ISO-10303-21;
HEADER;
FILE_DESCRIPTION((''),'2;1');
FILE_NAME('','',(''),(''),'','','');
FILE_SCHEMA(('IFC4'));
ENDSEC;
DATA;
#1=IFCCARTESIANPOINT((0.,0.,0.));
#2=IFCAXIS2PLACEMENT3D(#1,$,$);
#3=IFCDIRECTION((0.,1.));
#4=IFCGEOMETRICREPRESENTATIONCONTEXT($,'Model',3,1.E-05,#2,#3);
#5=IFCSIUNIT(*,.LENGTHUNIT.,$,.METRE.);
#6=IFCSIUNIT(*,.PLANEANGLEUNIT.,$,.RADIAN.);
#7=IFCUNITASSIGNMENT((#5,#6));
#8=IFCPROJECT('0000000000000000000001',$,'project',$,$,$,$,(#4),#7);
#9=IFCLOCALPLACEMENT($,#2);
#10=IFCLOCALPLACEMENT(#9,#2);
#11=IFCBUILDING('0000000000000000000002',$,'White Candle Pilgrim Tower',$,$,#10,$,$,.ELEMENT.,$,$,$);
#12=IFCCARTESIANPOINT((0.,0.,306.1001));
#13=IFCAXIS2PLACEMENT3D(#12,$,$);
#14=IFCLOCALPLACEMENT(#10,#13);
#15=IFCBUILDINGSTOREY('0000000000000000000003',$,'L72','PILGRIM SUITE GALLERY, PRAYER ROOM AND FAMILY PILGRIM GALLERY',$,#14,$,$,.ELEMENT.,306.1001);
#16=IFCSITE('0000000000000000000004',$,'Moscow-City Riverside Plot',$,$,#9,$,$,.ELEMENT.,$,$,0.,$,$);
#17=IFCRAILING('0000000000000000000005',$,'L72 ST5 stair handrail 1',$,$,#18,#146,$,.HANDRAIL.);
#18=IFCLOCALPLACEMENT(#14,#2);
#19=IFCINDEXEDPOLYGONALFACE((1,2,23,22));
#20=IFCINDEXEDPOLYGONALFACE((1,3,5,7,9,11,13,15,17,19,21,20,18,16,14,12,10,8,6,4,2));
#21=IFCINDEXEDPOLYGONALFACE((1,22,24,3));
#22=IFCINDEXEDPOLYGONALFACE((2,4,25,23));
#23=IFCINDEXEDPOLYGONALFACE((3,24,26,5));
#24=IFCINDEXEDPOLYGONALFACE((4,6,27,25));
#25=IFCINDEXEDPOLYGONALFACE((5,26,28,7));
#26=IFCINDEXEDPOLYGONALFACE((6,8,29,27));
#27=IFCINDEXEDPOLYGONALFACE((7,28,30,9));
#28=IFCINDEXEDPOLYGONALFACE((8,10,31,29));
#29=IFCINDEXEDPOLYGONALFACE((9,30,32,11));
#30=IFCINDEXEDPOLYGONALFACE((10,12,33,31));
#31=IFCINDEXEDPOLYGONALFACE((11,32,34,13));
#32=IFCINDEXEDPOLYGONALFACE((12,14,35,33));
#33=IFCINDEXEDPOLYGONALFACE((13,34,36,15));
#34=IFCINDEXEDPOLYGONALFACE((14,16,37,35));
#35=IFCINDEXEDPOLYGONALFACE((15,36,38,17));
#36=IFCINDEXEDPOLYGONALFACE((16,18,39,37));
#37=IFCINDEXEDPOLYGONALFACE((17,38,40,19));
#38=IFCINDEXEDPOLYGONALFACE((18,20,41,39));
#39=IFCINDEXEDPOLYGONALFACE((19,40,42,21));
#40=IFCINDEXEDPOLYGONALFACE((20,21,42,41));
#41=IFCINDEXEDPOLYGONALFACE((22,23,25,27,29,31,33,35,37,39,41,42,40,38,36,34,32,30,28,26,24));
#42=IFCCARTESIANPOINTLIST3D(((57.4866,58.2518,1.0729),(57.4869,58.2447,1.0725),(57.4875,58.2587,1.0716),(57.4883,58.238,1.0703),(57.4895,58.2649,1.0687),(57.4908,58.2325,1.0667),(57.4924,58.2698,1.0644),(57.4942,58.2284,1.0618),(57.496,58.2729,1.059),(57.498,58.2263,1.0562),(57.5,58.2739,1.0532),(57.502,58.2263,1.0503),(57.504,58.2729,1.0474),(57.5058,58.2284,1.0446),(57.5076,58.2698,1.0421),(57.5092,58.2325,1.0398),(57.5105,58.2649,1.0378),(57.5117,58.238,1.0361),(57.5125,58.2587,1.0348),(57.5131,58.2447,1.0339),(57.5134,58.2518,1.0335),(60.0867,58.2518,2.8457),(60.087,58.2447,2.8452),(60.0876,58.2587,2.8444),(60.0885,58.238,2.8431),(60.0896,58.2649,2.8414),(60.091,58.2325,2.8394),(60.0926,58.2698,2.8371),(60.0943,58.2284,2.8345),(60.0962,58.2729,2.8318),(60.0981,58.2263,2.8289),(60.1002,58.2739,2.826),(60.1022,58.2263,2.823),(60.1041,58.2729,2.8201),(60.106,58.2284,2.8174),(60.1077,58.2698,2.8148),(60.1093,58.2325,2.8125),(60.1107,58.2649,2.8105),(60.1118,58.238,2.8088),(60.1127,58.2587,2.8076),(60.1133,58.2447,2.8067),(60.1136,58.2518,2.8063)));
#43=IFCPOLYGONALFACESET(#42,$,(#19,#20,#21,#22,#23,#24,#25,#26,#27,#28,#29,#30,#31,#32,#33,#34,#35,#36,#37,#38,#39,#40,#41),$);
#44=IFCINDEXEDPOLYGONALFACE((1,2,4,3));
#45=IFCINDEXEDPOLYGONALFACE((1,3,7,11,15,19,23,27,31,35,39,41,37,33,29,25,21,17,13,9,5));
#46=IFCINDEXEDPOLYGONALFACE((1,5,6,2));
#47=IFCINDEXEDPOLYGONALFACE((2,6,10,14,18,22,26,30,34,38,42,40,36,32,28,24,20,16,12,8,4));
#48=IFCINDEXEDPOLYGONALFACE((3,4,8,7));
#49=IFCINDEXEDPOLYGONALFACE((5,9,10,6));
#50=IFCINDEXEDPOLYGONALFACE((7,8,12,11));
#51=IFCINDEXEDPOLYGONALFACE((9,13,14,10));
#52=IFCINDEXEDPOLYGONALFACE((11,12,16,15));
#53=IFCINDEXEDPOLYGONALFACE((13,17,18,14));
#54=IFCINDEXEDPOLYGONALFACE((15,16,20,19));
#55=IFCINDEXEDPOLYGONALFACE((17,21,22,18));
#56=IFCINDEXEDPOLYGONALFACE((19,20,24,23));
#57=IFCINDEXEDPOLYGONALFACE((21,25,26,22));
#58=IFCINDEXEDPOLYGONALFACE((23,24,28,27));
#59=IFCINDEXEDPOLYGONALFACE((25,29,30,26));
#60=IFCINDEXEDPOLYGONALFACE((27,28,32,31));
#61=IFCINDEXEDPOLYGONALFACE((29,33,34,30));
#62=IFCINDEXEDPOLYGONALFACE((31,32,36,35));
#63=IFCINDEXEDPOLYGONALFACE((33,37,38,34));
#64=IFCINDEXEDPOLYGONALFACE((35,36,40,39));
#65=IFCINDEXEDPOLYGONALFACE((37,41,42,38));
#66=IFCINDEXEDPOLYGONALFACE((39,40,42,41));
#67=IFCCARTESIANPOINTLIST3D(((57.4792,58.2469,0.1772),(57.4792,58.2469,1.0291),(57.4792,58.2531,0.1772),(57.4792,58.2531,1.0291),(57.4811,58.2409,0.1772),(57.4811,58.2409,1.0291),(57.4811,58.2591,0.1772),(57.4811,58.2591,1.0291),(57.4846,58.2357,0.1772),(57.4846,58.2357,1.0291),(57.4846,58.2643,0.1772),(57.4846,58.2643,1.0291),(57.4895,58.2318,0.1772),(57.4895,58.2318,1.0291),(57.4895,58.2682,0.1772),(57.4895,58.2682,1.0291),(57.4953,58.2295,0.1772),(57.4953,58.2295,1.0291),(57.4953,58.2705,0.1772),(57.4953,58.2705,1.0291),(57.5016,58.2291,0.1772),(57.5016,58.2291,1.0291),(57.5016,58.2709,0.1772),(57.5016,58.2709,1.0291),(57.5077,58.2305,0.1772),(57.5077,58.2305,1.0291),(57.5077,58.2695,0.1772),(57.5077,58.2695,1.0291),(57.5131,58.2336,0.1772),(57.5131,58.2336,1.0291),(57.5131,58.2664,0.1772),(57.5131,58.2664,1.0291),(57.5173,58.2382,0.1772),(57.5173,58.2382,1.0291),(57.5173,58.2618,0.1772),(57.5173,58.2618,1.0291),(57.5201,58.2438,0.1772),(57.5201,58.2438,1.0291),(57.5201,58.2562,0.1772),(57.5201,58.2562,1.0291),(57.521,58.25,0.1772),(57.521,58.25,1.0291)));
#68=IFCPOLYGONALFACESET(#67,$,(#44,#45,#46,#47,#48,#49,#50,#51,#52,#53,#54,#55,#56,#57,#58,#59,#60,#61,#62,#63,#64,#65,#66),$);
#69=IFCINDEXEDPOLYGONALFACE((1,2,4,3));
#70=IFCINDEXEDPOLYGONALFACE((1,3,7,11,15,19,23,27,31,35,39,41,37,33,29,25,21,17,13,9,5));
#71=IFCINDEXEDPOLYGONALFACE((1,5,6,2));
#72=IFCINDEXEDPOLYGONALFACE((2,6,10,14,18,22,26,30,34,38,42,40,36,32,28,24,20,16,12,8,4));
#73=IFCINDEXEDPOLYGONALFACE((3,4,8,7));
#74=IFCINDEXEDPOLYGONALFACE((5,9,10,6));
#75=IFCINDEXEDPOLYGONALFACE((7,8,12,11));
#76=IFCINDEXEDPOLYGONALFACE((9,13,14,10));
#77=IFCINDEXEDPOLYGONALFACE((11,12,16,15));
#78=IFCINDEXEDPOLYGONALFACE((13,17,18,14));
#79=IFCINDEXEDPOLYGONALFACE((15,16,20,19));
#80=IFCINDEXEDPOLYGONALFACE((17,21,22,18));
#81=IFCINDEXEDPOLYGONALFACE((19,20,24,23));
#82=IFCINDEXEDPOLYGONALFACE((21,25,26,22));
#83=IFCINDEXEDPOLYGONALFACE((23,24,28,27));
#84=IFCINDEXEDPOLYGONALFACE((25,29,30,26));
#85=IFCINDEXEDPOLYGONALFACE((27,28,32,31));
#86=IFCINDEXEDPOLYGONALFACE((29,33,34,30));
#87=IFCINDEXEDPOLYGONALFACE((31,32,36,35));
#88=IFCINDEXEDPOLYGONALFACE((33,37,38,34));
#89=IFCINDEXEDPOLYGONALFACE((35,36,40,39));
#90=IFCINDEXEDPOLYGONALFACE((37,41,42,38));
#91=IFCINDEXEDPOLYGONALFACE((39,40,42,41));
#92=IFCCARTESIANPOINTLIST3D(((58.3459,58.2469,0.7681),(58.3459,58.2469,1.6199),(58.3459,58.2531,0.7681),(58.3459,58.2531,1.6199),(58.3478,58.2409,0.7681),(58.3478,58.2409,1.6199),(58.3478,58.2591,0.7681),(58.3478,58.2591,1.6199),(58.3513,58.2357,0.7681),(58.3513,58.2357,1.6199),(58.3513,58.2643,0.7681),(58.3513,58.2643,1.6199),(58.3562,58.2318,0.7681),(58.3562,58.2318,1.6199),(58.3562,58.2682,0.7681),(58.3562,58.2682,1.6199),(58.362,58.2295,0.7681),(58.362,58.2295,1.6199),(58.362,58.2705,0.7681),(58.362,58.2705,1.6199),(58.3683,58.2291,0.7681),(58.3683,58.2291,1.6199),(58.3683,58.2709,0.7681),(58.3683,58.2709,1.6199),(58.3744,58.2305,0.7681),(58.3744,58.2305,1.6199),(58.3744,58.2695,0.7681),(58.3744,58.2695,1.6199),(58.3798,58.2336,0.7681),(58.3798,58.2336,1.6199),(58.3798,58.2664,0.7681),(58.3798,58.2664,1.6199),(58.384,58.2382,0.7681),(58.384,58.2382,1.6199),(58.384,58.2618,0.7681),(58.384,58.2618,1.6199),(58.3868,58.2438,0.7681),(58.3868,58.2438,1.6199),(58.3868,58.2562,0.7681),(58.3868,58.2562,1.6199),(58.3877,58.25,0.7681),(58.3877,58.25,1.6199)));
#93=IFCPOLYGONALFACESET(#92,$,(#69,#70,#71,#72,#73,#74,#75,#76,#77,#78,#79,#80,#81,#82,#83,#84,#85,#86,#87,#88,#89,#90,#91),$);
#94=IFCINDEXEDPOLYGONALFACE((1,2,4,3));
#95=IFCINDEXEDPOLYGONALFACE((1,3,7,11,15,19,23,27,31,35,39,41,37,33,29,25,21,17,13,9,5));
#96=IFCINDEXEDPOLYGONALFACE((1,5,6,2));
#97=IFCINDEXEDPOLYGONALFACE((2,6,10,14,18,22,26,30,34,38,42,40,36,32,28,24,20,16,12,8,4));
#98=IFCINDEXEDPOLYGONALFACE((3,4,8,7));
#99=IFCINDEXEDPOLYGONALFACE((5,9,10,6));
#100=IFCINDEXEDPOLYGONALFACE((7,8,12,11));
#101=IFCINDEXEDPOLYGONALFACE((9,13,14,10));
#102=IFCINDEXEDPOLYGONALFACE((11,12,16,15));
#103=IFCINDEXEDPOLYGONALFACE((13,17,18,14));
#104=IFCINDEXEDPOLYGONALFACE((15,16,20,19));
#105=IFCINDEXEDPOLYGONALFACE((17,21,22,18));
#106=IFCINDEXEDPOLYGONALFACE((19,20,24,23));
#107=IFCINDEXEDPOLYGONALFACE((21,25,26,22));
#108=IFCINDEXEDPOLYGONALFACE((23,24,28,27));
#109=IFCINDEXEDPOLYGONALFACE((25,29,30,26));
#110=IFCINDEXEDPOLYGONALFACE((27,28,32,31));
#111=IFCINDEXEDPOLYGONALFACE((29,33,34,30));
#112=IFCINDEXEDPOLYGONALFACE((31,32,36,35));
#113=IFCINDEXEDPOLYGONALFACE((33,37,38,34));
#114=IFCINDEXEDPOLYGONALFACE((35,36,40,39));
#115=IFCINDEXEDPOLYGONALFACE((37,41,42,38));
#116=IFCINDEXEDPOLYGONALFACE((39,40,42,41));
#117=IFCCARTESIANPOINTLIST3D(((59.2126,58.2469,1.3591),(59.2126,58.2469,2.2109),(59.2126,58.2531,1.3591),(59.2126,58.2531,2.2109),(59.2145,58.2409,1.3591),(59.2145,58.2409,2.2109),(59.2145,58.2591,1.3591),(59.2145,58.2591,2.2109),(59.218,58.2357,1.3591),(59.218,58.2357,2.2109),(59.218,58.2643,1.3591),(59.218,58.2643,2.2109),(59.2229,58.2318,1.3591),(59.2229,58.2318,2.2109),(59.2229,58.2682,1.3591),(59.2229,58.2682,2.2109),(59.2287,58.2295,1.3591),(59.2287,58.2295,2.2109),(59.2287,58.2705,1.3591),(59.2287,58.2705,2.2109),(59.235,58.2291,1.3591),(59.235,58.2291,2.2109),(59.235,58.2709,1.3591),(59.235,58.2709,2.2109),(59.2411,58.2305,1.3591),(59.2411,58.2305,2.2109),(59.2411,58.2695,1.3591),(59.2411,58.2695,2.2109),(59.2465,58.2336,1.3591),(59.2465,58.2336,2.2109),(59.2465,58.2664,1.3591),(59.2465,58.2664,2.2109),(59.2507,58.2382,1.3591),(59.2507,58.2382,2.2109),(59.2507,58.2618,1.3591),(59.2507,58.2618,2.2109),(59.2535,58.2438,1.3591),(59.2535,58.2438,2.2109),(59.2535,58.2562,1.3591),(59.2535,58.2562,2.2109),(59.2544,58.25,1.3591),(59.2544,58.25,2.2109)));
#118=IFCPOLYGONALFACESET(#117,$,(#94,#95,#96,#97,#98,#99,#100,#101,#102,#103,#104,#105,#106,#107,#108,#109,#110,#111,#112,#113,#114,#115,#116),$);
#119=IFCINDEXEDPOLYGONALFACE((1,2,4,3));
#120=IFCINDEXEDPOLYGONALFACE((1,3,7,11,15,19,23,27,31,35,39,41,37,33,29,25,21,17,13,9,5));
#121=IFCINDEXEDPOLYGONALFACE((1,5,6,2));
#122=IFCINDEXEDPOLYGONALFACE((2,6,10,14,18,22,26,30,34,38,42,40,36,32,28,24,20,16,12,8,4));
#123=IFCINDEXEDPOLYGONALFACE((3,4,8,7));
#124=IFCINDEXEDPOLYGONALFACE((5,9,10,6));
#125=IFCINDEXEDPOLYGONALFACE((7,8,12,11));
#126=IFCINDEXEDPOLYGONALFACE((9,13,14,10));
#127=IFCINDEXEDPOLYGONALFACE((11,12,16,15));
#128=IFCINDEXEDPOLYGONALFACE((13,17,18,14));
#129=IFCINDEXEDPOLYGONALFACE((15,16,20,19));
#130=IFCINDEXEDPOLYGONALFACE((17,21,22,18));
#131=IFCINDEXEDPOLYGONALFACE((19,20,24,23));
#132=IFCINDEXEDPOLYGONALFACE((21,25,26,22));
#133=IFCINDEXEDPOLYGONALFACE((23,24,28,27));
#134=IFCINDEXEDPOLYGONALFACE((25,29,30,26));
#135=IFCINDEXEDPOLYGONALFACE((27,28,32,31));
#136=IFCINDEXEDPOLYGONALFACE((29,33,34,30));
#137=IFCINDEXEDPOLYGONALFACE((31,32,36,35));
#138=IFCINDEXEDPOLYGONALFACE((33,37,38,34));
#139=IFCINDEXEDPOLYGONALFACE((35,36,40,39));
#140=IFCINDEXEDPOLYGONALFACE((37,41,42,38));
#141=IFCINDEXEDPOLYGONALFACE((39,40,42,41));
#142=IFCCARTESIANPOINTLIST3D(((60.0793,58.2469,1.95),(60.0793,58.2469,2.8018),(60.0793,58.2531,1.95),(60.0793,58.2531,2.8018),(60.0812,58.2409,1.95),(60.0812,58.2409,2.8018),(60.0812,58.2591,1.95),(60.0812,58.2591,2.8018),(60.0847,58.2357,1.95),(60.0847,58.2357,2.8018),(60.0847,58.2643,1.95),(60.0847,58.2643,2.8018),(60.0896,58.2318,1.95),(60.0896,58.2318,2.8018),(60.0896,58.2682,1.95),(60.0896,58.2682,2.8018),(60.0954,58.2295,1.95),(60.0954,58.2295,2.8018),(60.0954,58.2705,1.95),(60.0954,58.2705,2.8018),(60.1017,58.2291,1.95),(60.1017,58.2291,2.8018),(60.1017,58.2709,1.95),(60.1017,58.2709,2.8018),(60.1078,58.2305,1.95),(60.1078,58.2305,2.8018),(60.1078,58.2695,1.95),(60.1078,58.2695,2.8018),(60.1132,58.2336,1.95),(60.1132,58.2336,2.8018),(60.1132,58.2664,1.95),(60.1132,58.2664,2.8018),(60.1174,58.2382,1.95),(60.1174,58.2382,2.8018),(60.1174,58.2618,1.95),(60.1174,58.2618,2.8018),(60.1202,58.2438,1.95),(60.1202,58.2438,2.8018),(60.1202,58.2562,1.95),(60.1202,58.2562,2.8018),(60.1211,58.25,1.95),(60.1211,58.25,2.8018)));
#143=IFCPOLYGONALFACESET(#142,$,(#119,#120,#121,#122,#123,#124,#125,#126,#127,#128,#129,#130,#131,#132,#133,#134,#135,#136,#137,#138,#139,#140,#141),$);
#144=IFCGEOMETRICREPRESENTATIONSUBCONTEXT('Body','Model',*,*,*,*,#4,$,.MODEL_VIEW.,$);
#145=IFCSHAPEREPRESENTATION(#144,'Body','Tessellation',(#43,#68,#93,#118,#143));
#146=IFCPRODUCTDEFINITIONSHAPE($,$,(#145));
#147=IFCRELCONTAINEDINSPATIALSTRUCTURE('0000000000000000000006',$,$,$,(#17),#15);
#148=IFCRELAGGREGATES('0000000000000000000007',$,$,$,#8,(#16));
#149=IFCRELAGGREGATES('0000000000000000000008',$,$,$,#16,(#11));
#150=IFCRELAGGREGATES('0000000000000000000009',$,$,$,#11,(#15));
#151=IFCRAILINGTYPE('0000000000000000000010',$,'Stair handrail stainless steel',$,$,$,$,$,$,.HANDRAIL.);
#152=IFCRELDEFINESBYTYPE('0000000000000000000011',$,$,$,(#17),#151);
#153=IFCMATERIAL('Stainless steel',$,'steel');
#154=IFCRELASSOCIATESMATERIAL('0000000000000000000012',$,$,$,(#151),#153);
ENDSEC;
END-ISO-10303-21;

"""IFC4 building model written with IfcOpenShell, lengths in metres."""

from ifc_helpers import new_model, si_unit, direction, frame, origin, origin_2d, place, context, subcontext, project, spatial, circle, extrude, material, type_object, element, save


model = new_model("IFC4")

# Units and contexts
model_context = context("Model", 3, precision=1e-05, world=origin(), true_north=direction((0.0, 1.0)))
body_context = subcontext(model_context, "Body", "Model", "MODEL_VIEW")
ifc_project = project(units=[si_unit("LENGTHUNIT", "METRE"), si_unit("PLANEANGLEUNIT", "RADIAN")], contexts=[model_context])

# Site, building, storey
site_placement = place(None, origin())
site = spatial("IfcSite", under=ifc_project, at=site_placement, Name="Moscow-City Riverside Plot", CompositionType="ELEMENT", RefElevation=0.0)
building_placement = place(site_placement, origin())
building = spatial("IfcBuilding", under=site, at=building_placement, Name="White Candle Pilgrim Tower", CompositionType="ELEMENT")
storey_placement = place(building_placement, frame((0.0, 0.0, 306.1001)))
storey = spatial("IfcBuildingStorey", under=building, at=storey_placement, Name="L72", Description="PILGRIM SUITE GALLERY, PRAYER ROOM AND FAMILY PILGRIM GALLERY", CompositionType="ELEMENT", Elevation=306.1001)

# Railing
ifc_material_1 = material(Name="Stainless steel", Category="steel")
railing_type_1 = type_object("IfcRailingType", Name="Stair handrail stainless steel", PredefinedType="HANDRAIL", material=ifc_material_1)
railing_1_placement = place(storey_placement, frame((57.5, 58.25, 0.1772)))
element("IfcRailing", 1, at=railing_1_placement, inside=storey, type_object=railing_type_1, Name="L72 ST5 stair handrail 1", PredefinedType="HANDRAIL", context=body_context, shape_type="SweptSolid", body=[
    extrude(circle(Radius=0.0239, at=origin_2d()), frame((0.0, 0.0, 0.876), z_axis=(0.82624, 0.0, 0.563318), x_axis=(0.0, 1.0, 0.0)), (0.0, 0.0, 1.0), 3.147),
    extrude(circle(Radius=0.021, at=origin_2d()), origin(), (0.0, 0.0, 1.0), 0.8518),
    extrude(circle(Radius=0.021, at=origin_2d()), frame((0.8667, 0.0, 0.5908)), (0.0, 0.0, 1.0), 0.8518),
    extrude(circle(Radius=0.021, at=origin_2d()), frame((1.7334, 0.0, 1.1819)), (0.0, 0.0, 1.0), 0.8518),
    extrude(circle(Radius=0.021, at=origin_2d()), frame((2.6001, 0.0, 1.7727)), (0.0, 0.0, 1.0), 0.8518),
])

save(model, "model.ifc")
